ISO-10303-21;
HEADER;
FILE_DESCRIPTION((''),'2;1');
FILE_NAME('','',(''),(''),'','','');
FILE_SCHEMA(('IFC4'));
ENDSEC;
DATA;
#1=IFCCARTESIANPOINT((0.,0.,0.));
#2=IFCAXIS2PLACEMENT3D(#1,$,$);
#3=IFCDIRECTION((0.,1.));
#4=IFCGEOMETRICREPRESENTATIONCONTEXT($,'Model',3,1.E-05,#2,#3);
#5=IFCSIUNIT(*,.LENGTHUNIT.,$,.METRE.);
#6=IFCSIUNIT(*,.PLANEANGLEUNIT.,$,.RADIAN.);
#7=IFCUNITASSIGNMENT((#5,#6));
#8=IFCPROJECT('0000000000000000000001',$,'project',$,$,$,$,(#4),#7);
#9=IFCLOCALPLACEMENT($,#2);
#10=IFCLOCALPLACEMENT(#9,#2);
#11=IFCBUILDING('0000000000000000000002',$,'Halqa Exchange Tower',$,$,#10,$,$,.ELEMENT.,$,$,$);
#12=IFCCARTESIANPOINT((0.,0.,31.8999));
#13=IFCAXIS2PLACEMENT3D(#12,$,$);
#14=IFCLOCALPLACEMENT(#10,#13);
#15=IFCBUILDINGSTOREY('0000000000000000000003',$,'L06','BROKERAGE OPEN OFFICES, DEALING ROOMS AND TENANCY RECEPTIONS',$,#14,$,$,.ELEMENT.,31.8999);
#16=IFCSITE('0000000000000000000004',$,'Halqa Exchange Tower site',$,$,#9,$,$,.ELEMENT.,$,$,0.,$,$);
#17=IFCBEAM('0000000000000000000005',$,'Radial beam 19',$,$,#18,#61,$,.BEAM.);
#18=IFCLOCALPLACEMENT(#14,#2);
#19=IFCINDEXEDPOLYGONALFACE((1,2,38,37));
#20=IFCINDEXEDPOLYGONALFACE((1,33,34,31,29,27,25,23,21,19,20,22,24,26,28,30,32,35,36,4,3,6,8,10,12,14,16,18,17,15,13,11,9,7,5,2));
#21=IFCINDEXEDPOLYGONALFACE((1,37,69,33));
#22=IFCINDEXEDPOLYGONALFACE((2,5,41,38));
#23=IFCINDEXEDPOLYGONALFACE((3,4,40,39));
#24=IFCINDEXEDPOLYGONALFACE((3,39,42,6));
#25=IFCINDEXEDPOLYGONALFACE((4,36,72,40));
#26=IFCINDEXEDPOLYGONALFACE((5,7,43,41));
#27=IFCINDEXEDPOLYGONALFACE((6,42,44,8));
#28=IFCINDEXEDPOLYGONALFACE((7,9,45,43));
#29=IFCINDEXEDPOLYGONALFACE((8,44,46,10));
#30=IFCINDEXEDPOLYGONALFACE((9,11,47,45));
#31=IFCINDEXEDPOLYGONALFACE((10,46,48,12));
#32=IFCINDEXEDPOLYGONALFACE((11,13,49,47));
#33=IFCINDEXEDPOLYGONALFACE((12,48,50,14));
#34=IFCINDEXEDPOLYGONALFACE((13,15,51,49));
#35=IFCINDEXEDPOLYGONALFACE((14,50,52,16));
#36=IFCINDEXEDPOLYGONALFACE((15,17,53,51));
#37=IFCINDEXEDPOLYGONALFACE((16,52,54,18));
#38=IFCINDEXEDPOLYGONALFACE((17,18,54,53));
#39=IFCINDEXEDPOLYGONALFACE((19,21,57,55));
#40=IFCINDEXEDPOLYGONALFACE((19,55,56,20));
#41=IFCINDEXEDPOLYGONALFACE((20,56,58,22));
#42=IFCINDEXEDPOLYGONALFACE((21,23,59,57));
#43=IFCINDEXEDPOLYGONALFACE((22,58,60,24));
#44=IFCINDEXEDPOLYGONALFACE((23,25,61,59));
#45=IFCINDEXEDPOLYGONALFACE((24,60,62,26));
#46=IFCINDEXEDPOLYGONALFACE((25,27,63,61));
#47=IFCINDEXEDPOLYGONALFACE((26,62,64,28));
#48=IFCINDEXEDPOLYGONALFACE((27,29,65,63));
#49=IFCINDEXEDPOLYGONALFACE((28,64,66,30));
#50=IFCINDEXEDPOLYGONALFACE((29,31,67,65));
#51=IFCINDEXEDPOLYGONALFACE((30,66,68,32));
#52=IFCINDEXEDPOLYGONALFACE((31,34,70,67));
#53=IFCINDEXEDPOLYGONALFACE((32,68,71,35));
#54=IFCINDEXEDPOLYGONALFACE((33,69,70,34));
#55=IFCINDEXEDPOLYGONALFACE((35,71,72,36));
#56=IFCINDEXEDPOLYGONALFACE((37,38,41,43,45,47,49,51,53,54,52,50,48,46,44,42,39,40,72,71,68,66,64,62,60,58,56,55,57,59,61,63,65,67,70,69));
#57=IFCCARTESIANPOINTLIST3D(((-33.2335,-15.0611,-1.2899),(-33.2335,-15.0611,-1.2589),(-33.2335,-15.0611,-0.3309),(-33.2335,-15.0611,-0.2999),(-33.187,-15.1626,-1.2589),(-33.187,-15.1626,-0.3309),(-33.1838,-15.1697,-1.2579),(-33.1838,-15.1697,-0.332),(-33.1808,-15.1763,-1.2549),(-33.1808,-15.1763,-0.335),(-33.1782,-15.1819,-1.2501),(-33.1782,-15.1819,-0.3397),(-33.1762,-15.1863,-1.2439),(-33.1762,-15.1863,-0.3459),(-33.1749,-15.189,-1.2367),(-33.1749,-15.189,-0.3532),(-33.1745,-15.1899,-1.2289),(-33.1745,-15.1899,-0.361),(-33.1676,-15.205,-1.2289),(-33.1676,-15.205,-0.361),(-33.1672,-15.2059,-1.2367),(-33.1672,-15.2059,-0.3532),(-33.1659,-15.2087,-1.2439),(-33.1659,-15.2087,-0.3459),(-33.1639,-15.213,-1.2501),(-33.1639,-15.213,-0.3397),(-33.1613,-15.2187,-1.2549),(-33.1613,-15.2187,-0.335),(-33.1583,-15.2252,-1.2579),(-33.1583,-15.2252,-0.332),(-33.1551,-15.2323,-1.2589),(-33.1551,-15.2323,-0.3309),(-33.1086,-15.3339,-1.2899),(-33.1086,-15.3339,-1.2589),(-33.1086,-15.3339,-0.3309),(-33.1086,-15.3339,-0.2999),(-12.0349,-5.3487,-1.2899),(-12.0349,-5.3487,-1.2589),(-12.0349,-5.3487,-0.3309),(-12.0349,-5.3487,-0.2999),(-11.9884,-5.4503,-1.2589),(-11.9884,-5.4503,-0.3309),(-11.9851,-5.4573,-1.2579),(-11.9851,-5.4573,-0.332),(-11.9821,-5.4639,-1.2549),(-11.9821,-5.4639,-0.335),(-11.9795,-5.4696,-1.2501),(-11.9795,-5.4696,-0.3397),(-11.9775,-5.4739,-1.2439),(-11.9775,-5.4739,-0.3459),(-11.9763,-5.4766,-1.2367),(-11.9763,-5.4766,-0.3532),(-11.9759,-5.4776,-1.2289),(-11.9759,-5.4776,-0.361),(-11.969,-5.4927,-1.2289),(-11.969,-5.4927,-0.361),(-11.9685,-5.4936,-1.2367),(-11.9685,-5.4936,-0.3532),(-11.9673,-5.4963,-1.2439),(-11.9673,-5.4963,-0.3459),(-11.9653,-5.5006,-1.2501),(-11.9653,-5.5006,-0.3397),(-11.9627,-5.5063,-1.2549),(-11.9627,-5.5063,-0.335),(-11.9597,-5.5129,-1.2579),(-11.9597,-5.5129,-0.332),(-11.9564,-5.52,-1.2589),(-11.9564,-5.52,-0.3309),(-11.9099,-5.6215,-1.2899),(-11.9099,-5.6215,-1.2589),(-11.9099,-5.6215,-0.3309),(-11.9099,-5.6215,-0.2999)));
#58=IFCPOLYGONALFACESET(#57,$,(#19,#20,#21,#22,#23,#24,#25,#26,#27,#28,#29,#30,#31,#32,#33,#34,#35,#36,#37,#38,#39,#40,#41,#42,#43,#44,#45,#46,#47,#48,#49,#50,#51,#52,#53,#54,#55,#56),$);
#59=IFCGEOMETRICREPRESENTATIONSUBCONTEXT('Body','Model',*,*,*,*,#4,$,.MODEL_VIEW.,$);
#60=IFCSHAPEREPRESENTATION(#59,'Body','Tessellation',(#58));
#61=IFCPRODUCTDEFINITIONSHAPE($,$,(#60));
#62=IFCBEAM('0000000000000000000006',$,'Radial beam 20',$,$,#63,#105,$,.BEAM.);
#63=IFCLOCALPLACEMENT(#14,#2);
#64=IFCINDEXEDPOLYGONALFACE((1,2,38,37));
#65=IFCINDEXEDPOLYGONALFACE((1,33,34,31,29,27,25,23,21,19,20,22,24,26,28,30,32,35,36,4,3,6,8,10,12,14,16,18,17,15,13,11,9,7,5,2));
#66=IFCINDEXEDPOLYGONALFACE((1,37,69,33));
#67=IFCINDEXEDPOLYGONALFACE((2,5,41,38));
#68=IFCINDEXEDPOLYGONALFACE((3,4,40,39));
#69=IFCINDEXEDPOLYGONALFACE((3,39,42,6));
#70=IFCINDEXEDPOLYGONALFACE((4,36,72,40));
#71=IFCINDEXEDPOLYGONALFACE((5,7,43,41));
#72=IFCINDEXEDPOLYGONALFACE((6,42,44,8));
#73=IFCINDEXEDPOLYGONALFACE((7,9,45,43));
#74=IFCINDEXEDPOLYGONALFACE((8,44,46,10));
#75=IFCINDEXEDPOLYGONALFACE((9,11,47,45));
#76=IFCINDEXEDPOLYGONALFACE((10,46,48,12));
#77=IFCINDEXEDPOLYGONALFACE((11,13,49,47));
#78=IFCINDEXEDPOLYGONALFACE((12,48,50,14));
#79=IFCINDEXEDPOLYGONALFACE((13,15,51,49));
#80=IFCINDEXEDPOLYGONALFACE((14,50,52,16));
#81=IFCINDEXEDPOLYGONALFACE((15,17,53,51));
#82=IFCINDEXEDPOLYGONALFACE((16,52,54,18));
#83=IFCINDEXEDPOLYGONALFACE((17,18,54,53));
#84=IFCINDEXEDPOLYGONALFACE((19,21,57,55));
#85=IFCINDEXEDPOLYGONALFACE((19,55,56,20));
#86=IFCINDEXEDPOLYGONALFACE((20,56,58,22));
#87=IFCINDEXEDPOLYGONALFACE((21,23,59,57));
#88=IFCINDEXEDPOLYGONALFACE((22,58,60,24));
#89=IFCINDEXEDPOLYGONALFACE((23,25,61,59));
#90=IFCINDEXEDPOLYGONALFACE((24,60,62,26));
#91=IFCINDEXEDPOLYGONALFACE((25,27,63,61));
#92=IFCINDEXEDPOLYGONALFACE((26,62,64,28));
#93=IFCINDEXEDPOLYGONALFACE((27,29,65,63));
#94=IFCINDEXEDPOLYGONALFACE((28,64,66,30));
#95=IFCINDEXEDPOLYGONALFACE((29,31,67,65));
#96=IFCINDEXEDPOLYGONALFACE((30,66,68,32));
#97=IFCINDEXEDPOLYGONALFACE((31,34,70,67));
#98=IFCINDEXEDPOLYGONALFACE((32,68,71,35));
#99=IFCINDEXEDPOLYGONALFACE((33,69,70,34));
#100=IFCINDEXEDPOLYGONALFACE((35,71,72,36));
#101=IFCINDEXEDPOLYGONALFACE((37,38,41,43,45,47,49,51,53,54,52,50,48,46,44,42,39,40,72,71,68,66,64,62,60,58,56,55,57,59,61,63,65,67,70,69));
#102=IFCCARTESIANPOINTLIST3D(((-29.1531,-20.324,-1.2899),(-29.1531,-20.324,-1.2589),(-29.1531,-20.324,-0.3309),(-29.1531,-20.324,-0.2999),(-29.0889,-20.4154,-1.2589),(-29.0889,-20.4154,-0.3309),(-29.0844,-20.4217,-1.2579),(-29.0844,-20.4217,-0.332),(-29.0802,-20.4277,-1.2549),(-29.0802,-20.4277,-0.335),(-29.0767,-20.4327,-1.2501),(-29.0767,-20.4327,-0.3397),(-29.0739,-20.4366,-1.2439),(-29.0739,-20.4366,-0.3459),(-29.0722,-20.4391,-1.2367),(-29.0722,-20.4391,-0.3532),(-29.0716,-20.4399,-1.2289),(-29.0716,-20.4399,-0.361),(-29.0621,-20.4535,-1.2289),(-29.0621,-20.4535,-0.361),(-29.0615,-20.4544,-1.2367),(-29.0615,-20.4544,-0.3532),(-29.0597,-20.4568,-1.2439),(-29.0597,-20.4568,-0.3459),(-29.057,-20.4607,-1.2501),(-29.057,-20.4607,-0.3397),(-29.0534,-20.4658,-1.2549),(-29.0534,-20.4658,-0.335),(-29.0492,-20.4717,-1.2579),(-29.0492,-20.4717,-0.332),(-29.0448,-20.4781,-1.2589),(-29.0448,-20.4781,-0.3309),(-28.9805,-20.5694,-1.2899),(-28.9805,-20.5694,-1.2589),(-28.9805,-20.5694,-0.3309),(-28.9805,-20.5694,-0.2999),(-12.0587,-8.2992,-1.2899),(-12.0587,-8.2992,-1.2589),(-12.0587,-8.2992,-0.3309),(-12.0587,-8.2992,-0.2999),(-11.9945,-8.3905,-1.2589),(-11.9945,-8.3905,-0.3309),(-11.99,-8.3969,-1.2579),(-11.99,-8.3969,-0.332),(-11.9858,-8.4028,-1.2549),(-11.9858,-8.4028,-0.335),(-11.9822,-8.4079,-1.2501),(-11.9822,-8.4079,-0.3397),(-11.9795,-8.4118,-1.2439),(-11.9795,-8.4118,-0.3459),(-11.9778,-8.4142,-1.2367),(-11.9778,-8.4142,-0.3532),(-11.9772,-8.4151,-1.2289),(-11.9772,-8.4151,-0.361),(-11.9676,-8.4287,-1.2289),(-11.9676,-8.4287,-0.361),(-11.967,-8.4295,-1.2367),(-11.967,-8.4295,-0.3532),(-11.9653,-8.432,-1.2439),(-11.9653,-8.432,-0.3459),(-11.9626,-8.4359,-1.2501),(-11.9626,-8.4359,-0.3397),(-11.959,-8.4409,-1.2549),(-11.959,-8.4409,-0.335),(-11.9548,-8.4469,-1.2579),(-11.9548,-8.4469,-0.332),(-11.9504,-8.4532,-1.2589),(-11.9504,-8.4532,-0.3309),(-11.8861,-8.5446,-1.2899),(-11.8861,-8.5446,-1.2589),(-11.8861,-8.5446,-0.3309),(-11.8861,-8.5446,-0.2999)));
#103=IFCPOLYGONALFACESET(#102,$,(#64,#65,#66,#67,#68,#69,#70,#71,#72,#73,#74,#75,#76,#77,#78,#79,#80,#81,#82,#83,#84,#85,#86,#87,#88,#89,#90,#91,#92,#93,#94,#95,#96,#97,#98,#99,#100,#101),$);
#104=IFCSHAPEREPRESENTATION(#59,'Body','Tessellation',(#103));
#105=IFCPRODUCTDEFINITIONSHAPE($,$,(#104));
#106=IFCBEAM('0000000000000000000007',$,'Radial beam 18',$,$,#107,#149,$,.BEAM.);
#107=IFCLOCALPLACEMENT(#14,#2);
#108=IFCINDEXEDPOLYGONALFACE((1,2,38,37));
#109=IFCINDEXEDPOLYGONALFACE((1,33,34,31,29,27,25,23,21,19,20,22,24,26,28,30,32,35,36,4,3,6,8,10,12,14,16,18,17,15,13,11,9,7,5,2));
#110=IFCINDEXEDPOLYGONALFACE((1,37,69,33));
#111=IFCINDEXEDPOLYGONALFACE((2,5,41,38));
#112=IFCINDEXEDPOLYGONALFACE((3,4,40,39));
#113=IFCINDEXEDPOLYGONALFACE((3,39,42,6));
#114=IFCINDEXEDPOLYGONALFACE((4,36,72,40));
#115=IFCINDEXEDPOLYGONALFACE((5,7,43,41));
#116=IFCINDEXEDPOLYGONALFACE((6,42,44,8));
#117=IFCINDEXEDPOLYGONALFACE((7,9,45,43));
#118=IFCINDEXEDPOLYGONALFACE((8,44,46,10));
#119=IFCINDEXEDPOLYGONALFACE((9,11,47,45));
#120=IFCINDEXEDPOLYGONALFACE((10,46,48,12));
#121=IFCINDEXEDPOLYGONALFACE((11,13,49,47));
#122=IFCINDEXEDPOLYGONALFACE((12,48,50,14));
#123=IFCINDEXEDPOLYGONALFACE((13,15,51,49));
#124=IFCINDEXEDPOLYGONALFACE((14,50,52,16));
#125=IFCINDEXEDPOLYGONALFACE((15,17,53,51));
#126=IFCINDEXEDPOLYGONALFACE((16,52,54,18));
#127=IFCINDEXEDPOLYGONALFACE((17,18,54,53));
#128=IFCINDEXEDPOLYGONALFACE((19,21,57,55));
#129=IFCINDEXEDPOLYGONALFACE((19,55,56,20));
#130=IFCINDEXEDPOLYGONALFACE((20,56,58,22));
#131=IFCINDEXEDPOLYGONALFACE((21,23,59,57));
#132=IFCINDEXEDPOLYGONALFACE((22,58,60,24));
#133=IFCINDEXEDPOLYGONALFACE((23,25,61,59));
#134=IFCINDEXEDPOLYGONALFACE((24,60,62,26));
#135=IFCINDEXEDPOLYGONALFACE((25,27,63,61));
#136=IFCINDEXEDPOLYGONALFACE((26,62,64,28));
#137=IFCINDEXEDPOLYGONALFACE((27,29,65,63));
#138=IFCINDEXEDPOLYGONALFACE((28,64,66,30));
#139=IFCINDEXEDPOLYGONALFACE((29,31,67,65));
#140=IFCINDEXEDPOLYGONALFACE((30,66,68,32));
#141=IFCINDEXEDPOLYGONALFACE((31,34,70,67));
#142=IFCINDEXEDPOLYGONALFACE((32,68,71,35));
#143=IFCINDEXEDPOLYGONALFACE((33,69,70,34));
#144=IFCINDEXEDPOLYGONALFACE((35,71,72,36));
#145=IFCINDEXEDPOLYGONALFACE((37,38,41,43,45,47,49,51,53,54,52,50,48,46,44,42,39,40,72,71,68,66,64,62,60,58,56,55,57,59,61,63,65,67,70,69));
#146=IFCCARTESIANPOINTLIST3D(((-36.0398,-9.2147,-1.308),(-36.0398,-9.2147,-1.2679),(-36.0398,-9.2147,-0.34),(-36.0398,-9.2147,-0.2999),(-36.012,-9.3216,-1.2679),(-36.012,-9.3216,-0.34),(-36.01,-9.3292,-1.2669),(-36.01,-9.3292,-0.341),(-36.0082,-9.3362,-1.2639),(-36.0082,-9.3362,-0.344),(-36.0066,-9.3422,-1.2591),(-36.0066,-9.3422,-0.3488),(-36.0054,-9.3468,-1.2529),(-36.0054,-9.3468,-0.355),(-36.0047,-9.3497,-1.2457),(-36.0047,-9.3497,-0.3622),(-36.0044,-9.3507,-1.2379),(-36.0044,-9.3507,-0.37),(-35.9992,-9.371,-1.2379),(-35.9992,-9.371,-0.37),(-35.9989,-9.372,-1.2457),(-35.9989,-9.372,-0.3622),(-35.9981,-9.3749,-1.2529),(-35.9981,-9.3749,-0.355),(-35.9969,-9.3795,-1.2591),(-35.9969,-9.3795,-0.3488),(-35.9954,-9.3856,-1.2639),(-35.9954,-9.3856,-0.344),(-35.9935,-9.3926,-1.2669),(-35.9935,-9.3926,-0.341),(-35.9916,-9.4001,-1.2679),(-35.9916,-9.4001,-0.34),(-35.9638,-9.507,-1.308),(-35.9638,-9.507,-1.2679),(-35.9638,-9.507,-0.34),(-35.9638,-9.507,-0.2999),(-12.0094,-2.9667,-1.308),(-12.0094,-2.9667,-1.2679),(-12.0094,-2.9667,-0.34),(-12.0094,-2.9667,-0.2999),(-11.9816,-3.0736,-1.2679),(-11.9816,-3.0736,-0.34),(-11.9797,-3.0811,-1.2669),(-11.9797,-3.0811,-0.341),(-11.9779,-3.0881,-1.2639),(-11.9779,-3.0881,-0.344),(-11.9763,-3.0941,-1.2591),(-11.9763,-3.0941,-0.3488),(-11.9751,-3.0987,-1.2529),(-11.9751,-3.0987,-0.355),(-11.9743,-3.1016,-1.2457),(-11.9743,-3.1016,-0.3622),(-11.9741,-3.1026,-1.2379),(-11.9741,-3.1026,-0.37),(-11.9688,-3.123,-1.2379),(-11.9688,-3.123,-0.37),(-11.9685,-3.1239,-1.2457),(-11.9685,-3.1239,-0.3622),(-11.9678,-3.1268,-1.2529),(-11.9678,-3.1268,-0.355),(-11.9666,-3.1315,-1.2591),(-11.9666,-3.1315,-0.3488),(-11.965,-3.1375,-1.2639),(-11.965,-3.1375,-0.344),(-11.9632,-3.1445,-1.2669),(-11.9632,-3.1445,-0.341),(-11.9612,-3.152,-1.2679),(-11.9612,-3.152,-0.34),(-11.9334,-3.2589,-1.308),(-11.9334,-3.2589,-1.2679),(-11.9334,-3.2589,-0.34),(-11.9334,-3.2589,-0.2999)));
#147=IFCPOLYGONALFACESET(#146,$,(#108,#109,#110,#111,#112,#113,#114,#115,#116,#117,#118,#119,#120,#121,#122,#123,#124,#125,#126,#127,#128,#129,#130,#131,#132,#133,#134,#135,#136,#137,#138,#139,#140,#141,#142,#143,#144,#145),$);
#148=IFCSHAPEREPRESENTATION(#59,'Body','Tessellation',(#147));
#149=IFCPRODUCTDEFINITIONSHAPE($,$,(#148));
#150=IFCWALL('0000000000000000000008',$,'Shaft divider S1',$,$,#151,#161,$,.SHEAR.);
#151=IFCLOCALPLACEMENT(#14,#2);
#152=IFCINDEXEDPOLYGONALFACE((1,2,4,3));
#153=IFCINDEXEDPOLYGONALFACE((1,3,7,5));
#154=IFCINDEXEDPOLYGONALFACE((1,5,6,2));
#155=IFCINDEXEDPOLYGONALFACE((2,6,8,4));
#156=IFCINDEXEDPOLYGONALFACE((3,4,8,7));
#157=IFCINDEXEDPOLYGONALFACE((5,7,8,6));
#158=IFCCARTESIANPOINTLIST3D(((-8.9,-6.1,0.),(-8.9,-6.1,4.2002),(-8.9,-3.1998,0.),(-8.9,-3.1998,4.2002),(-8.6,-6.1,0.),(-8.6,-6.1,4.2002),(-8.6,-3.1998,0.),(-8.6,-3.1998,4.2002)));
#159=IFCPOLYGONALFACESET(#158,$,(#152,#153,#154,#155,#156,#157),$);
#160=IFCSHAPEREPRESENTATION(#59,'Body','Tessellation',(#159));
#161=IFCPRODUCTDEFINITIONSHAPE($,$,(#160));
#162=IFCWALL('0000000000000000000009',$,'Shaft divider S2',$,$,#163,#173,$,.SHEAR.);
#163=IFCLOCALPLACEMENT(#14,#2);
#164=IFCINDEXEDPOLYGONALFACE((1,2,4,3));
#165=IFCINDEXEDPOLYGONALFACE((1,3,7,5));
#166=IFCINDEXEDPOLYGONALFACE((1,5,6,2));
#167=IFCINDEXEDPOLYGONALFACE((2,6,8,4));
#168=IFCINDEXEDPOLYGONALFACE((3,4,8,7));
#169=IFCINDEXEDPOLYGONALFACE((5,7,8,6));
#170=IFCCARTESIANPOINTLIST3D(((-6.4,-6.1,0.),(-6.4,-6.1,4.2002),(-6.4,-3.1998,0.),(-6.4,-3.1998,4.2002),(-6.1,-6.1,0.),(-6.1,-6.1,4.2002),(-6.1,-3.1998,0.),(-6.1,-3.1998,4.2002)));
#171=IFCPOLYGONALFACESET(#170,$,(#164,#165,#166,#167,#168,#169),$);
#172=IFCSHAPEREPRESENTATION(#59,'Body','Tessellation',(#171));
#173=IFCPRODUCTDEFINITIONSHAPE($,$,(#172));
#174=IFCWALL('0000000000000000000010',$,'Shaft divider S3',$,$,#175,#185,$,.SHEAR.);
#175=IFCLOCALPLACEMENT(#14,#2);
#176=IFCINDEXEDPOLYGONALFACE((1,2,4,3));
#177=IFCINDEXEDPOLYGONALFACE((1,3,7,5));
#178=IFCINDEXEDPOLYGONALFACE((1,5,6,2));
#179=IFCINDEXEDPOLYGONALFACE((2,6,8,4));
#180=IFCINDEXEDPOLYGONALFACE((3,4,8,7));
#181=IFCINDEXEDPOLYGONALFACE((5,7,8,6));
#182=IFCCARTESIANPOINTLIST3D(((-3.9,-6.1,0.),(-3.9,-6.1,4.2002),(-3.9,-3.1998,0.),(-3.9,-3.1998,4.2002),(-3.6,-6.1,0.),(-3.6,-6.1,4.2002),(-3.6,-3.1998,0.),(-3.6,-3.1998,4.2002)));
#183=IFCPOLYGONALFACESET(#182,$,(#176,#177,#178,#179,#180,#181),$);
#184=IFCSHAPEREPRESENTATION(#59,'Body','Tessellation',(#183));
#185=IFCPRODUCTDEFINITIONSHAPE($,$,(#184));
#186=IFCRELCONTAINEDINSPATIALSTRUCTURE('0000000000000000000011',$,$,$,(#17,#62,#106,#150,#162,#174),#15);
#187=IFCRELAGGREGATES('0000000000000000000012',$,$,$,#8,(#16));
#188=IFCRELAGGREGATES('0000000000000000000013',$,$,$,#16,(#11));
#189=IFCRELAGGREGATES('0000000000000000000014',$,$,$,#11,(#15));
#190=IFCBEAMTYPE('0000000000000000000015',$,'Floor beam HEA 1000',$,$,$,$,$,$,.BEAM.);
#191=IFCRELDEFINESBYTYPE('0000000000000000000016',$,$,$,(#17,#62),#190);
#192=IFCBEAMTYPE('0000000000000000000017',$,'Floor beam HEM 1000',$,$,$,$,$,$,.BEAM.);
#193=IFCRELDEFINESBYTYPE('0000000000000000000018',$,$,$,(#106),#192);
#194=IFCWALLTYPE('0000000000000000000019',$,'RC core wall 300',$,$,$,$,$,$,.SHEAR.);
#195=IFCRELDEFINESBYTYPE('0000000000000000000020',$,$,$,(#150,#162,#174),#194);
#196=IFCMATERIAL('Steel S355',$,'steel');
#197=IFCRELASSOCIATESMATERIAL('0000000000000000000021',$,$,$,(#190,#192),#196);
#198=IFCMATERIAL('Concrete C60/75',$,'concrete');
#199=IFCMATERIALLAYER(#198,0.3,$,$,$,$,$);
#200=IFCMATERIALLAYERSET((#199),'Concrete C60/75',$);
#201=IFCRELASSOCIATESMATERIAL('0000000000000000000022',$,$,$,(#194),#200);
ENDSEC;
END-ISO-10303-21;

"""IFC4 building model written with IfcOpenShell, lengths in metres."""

from ifc_helpers import new_model, si_unit, direction, frame, frame_2d, origin, origin_2d, place, context, subcontext, project, spatial, rectangle, i_section, extrude, material, layer, layer_set, material_profile, profile_set, type_object, element, save


model = new_model("IFC4")

# Units and contexts
model_context = context("Model", 3, precision=1e-05, world=origin(), true_north=direction((0.0, 1.0)))
body_context = subcontext(model_context, "Body", "Model", "MODEL_VIEW")
ifc_project = project(units=[si_unit("LENGTHUNIT", "METRE"), si_unit("PLANEANGLEUNIT", "RADIAN")], contexts=[model_context])

# Site, building, storey
site_placement = place(None, origin())
site = spatial("IfcSite", under=ifc_project, at=site_placement, Name="Halqa Exchange Tower site", CompositionType="ELEMENT", RefElevation=0.0)
building_placement = place(site_placement, origin())
building = spatial("IfcBuilding", under=site, at=building_placement, Name="Halqa Exchange Tower", CompositionType="ELEMENT")
storey_placement = place(building_placement, frame((0.0, 0.0, 31.8999)))
storey = spatial("IfcBuildingStorey", under=building, at=storey_placement, Name="L06", Description="BROKERAGE OPEN OFFICES, DEALING ROOMS AND TENANCY RECEPTIONS", CompositionType="ELEMENT", Elevation=31.8999)

# Beams
ifc_material_1 = material(Name="Steel S355", Category="steel")
ifc_material_profile_1 = material_profile(ifc_material_1, i_section(OverallWidth=0.3, OverallDepth=0.99, WebThickness=0.0166, FlangeThickness=0.031, FilletRadius=0.03, at=origin_2d()), Name="HEA 1000")
ifc_profile_set_1 = profile_set([ifc_material_profile_1], Name="Steel S355")
beam_type_1 = type_object("IfcBeamType", Name="Floor beam HEA 1000", PredefinedType="BEAM", material=ifc_profile_set_1)
beam_1_placement = place(storey_placement, frame((-11.9724, -5.4851, -0.7949), z_axis=(-0.909125, -0.416524, 0.0), x_axis=(0.416524, -0.909125, 0.0)))
element("IfcBeam", 1, at=beam_1_placement, inside=storey, type_object=beam_type_1, Name="Radial beam 19", PredefinedType="BEAM", context=body_context, shape_type="SweptSolid", body=[
    extrude(i_section(OverallWidth=0.3, OverallDepth=0.99, WebThickness=0.0166, FlangeThickness=0.031, FilletRadius=0.03, at=origin_2d()), origin(), (0.0, 0.0, 1.0), 23.3176),
])
beam_2_placement = place(storey_placement, frame((-11.9724, -8.4219, -0.7949), z_axis=(-0.817909, -0.575348, 0.0), x_axis=(0.575348, -0.817909, 0.0)))
element("IfcBeam", 2, at=beam_2_placement, inside=storey, type_object=beam_type_1, Name="Radial beam 20", PredefinedType="BEAM", context=body_context, shape_type="SweptSolid", body=[
    extrude(i_section(OverallWidth=0.3, OverallDepth=0.99, WebThickness=0.0166, FlangeThickness=0.031, FilletRadius=0.03, at=origin_2d()), origin(), (0.0, 0.0, 1.0), 20.9001),
])
ifc_material_profile_2 = material_profile(ifc_material_1, i_section(OverallWidth=0.302, OverallDepth=1.0081, WebThickness=0.021, FlangeThickness=0.04, FilletRadius=0.03, at=origin_2d()), Name="HEM 1000")
ifc_profile_set_2 = profile_set([ifc_material_profile_2], Name="Steel S355")
beam_type_2 = type_object("IfcBeamType", Name="Floor beam HEM 1000", PredefinedType="BEAM", material=ifc_profile_set_2)
beam_3_placement = place(storey_placement, frame((-11.9714, -3.1128, -0.804), z_axis=(-0.967821, -0.25164, 0.0), x_axis=(0.25164, -0.967821, 0.0)))
element("IfcBeam", 3, at=beam_3_placement, inside=storey, type_object=beam_type_2, Name="Radial beam 18", PredefinedType="BEAM", context=body_context, shape_type="SweptSolid", body=[
    extrude(i_section(OverallWidth=0.302, OverallDepth=1.0081, WebThickness=0.021, FlangeThickness=0.04, FilletRadius=0.03, at=origin_2d()), origin(), (0.0, 0.0, 1.0), 24.8293),
])

# Walls
ifc_material_2 = material(Name="Concrete C60/75", Category="concrete")
ifc_layer_1 = layer(ifc_material_2, 0.3)
ifc_layer_set_1 = layer_set([ifc_layer_1], Name="Concrete C60/75")
wall_type_1 = type_object("IfcWallType", Name="RC core wall 300", PredefinedType="SHEAR", material=ifc_layer_set_1)
for number, where, z_axis, x_axis, name in (
    (4, (-8.75, -6.1001, 0.0), (0.0, 0.0, 1.0), (0.0, 1.0, 0.0), "Shaft divider S1"),
    (5, (-6.25, -6.1001, 0.0), (0.0, 0.0, 1.0), (0.0, 1.0, 0.0), "Shaft divider S2"),
    (6, (-3.75, -6.1001, 0.0), (0.0, 0.0, 1.0), (0.0, 1.0, 0.0), "Shaft divider S3"),
):
    element("IfcWall", number, at=place(storey_placement, frame(where, z_axis=z_axis, x_axis=x_axis)), inside=storey, type_object=wall_type_1, Name=name, PredefinedType="SHEAR", context=body_context, shape_type="SweptSolid", body=[
        extrude(rectangle(XDim=2.9001, YDim=0.3, at=frame_2d((1.4502, 0.0))), origin(), (0.0, 0.0, 1.0), 4.2002),
    ])

save(model, "model.ifc")
